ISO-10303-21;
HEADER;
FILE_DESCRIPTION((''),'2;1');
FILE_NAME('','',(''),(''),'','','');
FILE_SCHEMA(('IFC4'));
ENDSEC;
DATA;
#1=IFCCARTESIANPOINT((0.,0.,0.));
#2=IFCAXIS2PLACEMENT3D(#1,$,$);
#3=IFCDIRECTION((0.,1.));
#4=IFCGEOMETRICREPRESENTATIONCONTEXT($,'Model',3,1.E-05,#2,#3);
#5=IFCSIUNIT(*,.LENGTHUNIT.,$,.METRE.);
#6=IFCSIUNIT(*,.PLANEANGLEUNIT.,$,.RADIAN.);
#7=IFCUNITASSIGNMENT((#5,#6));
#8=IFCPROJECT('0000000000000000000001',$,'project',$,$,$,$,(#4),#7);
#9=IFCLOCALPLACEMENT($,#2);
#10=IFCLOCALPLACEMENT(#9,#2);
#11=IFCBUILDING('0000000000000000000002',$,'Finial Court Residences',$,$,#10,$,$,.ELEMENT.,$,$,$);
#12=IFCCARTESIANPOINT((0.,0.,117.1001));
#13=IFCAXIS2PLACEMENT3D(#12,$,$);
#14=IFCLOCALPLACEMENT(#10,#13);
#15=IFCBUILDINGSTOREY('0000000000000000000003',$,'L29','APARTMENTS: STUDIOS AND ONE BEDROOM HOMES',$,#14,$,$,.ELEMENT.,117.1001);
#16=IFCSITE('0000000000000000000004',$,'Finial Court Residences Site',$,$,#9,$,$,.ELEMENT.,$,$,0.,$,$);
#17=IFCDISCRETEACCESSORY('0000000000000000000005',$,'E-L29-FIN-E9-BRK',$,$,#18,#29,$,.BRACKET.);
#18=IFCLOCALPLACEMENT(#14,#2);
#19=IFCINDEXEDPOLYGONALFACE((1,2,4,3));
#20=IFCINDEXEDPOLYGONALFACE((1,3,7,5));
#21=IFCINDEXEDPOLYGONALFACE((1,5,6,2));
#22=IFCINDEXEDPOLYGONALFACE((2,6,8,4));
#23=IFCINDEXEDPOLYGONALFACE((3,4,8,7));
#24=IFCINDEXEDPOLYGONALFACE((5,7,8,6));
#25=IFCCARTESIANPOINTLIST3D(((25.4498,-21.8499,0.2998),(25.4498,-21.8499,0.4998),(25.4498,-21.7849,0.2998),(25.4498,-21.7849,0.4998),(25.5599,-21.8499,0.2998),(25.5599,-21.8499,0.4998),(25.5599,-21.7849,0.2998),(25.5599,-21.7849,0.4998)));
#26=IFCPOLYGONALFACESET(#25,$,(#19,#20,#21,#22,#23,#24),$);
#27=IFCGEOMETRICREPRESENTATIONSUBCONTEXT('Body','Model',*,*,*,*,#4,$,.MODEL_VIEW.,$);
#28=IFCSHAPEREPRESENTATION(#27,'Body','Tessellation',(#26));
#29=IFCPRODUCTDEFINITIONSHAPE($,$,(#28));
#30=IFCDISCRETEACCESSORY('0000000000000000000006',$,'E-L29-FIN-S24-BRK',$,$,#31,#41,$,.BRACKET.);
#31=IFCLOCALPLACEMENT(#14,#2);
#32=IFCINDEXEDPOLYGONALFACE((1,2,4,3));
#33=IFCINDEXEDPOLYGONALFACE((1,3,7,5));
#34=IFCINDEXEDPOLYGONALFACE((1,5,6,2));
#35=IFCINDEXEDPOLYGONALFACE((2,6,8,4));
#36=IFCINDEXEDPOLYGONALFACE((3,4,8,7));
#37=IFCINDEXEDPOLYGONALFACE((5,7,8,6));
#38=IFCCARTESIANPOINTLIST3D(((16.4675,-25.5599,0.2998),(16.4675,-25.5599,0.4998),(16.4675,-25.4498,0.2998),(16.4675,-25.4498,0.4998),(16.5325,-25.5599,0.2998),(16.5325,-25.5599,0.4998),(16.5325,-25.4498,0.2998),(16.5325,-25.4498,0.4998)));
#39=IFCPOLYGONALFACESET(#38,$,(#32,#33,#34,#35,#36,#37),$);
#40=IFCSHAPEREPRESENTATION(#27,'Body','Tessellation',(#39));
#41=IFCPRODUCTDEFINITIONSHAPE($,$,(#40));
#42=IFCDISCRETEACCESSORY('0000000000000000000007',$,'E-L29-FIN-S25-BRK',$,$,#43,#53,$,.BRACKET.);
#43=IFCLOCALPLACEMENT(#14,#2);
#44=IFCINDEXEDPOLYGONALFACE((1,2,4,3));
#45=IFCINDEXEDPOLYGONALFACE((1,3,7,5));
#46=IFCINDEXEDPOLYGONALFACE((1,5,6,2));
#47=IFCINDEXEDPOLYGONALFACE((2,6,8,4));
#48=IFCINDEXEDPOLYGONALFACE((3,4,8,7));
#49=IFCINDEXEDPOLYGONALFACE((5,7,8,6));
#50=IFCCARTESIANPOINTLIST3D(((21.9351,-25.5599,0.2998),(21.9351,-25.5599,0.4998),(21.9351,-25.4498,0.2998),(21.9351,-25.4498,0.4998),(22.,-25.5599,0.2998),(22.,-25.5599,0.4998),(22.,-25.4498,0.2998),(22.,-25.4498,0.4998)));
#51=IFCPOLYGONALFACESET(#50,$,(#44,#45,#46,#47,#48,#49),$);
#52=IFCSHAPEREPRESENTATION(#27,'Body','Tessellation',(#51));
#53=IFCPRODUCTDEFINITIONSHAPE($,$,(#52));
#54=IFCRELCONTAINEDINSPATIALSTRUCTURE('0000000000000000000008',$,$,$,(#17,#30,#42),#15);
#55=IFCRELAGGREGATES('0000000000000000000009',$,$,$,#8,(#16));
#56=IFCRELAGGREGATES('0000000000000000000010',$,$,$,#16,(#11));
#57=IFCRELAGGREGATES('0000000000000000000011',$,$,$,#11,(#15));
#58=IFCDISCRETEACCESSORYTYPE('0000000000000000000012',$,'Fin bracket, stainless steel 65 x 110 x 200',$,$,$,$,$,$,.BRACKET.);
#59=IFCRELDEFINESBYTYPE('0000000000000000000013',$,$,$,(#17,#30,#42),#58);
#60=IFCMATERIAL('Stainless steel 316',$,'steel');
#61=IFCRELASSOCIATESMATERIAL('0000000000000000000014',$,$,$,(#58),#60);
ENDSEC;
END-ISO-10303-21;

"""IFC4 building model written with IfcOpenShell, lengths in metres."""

from ifc_helpers import new_model, si_unit, direction, frame, origin, origin_2d, place, context, subcontext, project, spatial, rectangle, extrude, material, type_object, element, save


model = new_model("IFC4")

# Units and contexts
model_context = context("Model", 3, precision=1e-05, world=origin(), true_north=direction((0.0, 1.0)))
body_context = subcontext(model_context, "Body", "Model", "MODEL_VIEW")
ifc_project = project(units=[si_unit("LENGTHUNIT", "METRE"), si_unit("PLANEANGLEUNIT", "RADIAN")], contexts=[model_context])

# Site, building, storey
site_placement = place(None, origin())
site = spatial("IfcSite", under=ifc_project, at=site_placement, Name="Finial Court Residences Site", CompositionType="ELEMENT", RefElevation=0.0)
building_placement = place(site_placement, origin())
building = spatial("IfcBuilding", under=site, at=building_placement, Name="Finial Court Residences", CompositionType="ELEMENT")
storey_placement = place(building_placement, frame((0.0, 0.0, 117.1001)))
storey = spatial("IfcBuildingStorey", under=building, at=storey_placement, Name="L29", Description="APARTMENTS: STUDIOS AND ONE BEDROOM HOMES", CompositionType="ELEMENT", Elevation=117.1001)

# Discrete accessories
ifc_material_1 = material(Name="Stainless steel 316", Category="steel")
discrete_accessory_type = type_object("IfcDiscreteAccessoryType", Name="Fin bracket, stainless steel 65 x 110 x 200", PredefinedType="BRACKET", material=ifc_material_1)
discrete_accessory_placement = place(storey_placement, frame((25.5049, -21.8174, 0.2998), z_axis=(0.0, 0.0, 1.0), x_axis=(1.0, 0.0, 0.0)))
element("IfcDiscreteAccessory", 1, at=discrete_accessory_placement, inside=storey, type_object=discrete_accessory_type, Name="E-L29-FIN-E9-BRK", PredefinedType="BRACKET", context=body_context, shape_type="SweptSolid", body=[
    extrude(rectangle(XDim=0.1101, YDim=0.0649, at=origin_2d()), origin(), (0.0, 0.0, 1.0), 0.2),
])
for number, where, z_axis, x_axis, name in (
    (2, (16.5, -25.5049, 0.2998), (0.0, 0.0, 1.0), (1.0, 0.0, 0.0), "E-L29-FIN-S24-BRK"),
    (3, (21.9675, -25.5049, 0.2998), (0.0, 0.0, 1.0), (1.0, 0.0, 0.0), "E-L29-FIN-S25-BRK"),
):
    element("IfcDiscreteAccessory", number, at=place(storey_placement, frame(where, z_axis=z_axis, x_axis=x_axis)), inside=storey, type_object=discrete_accessory_type, Name=name, PredefinedType="BRACKET", context=body_context, shape_type="SweptSolid", body=[
        extrude(rectangle(XDim=0.0649, YDim=0.1101, at=origin_2d()), origin(), (0.0, 0.0, 1.0), 0.2),
    ])

save(model, "model.ifc")
